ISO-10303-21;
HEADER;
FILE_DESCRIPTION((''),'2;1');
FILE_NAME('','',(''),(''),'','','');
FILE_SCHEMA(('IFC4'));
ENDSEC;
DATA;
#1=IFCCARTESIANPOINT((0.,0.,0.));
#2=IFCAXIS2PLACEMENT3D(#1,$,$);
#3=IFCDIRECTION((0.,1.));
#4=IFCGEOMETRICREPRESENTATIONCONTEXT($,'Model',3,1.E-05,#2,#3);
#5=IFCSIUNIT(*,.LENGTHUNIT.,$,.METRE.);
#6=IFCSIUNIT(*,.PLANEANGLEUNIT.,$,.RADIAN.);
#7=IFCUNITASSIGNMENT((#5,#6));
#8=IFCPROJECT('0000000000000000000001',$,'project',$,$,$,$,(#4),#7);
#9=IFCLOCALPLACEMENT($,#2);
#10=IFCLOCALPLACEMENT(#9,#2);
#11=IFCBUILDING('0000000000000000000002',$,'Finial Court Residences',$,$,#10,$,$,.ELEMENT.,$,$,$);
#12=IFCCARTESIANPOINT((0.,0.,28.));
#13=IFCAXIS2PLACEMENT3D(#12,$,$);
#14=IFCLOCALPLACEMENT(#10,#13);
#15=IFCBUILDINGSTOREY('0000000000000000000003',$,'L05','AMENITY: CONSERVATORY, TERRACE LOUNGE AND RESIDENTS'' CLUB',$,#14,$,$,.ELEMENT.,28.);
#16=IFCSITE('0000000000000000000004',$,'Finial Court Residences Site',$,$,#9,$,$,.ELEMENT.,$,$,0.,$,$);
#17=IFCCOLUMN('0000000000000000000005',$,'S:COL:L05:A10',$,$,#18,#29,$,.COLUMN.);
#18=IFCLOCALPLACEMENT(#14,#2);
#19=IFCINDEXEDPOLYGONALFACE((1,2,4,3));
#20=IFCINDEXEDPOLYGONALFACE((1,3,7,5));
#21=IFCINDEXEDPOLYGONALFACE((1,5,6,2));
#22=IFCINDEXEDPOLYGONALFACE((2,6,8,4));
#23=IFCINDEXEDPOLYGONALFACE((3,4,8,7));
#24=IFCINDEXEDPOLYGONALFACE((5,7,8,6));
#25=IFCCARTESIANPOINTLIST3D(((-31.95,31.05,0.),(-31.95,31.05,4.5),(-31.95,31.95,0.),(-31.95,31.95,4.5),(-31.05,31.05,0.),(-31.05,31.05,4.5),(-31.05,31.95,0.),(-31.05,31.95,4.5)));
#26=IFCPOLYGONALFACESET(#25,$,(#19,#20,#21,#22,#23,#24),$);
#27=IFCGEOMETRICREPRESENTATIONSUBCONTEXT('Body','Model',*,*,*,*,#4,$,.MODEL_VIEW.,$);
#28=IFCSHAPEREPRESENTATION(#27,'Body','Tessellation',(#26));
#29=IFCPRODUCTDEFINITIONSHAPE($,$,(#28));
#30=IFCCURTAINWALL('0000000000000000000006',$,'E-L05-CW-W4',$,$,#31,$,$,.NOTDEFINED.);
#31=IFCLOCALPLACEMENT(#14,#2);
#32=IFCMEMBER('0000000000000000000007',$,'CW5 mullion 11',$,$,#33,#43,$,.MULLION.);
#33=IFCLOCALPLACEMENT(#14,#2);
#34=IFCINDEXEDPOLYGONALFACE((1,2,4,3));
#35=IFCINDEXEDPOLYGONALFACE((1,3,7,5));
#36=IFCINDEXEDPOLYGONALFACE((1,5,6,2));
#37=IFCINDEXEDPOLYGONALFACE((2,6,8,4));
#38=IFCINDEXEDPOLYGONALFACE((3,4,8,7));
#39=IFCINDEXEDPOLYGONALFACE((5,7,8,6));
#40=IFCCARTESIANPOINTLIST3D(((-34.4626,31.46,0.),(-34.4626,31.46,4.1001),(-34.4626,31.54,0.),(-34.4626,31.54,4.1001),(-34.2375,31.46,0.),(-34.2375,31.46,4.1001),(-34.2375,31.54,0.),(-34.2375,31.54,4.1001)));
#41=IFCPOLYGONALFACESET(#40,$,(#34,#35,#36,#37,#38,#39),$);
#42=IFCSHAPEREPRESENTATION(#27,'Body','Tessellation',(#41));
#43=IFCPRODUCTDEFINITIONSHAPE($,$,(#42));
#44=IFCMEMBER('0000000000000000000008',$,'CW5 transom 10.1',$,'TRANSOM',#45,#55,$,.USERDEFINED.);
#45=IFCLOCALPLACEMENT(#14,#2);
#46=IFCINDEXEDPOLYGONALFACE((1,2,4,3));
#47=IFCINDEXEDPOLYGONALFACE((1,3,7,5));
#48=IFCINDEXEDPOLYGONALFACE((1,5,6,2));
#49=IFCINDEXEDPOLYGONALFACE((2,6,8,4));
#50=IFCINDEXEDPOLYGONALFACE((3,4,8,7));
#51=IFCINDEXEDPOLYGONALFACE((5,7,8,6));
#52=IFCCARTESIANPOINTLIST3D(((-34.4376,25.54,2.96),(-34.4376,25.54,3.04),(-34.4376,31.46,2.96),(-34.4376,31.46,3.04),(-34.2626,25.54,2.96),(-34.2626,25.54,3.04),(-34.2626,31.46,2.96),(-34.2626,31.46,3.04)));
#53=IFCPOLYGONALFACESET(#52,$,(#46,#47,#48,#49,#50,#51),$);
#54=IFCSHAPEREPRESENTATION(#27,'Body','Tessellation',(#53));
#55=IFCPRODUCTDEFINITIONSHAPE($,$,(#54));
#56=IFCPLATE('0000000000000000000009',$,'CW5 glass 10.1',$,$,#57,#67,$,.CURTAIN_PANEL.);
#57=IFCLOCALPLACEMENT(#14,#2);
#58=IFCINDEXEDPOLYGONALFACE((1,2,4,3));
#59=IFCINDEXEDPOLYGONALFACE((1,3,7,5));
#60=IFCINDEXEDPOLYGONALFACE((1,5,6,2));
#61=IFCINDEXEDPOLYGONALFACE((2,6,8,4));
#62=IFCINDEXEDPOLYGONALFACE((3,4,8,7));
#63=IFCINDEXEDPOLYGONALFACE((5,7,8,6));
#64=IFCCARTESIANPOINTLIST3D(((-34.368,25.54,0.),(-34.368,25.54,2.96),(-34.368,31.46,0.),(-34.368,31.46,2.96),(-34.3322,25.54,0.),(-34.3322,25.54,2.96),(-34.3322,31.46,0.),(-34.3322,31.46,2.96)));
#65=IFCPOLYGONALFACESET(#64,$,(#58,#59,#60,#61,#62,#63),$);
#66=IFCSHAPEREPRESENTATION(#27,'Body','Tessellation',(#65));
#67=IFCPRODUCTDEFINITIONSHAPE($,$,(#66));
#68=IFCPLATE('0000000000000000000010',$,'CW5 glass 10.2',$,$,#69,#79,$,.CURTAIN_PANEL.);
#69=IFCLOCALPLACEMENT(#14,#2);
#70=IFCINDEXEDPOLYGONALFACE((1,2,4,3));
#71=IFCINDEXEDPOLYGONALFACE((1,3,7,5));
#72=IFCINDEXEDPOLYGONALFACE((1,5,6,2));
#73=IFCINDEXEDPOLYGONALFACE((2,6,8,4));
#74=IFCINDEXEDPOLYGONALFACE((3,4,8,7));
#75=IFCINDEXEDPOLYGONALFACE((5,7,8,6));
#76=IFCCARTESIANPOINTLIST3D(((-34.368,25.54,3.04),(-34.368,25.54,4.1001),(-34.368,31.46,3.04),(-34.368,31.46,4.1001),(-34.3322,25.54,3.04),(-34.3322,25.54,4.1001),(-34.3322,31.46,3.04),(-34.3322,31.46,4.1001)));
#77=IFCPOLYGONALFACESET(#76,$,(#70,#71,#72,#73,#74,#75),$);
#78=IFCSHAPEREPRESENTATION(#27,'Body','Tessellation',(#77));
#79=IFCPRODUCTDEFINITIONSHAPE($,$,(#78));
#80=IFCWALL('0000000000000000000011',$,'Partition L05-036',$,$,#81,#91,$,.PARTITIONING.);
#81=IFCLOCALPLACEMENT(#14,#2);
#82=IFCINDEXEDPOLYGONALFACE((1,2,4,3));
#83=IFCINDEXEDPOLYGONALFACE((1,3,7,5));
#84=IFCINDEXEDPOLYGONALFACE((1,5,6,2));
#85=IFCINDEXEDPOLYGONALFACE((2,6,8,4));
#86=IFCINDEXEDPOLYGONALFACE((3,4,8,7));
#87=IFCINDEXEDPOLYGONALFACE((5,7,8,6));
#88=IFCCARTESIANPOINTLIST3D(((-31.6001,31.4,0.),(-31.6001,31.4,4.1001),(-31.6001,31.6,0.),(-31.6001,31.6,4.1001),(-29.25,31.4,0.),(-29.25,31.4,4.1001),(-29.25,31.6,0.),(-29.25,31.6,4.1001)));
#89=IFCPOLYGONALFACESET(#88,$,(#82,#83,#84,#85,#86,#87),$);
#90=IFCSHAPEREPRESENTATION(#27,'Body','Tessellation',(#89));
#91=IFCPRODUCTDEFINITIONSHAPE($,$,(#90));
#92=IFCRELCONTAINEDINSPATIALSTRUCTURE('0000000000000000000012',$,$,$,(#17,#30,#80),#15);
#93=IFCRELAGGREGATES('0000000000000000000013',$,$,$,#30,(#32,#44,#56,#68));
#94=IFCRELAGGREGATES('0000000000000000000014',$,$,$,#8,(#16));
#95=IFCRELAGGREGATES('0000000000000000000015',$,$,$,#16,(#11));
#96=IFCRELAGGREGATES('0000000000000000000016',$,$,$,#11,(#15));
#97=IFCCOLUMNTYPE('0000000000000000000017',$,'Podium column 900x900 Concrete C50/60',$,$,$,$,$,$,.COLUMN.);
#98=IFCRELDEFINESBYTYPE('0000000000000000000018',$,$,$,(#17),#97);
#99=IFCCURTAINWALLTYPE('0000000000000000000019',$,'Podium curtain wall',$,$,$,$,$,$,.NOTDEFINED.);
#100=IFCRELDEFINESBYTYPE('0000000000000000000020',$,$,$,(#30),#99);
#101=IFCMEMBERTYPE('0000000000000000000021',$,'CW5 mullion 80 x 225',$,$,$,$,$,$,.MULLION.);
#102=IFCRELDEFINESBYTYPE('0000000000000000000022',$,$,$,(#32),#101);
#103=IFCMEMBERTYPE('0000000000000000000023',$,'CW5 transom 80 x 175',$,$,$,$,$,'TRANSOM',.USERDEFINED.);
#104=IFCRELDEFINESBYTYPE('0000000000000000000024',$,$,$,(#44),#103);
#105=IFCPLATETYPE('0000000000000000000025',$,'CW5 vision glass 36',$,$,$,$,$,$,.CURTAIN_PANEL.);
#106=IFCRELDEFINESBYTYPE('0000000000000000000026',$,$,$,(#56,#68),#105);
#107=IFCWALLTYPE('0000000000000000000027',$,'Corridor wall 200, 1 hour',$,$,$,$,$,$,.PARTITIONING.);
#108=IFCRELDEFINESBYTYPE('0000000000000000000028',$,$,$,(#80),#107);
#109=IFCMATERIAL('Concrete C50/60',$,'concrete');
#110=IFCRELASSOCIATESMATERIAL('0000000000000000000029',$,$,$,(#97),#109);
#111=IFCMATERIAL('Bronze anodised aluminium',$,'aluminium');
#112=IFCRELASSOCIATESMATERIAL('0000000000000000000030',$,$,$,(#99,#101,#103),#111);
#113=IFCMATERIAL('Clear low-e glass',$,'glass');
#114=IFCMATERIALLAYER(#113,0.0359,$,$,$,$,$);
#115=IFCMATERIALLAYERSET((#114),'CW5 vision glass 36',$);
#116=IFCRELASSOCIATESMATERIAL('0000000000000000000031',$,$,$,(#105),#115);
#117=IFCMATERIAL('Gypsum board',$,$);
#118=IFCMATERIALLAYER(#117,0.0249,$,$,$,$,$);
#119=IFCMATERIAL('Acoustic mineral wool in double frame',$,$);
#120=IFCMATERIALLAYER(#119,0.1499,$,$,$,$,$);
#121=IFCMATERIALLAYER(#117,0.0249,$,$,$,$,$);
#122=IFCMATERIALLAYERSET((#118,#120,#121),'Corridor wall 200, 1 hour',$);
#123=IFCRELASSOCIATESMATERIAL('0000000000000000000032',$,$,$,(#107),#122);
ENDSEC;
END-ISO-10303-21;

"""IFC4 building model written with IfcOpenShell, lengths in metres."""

from ifc_helpers import new_model, si_unit, direction, frame, frame_2d, origin, origin_2d, place, context, subcontext, project, spatial, rectangle, extrude, material, layer, layer_set, material_profile, profile_set, type_object, element, aggregate, save


model = new_model("IFC4")

# Units and contexts
model_context = context("Model", 3, precision=1e-05, world=origin(), true_north=direction((0.0, 1.0)))
body_context = subcontext(model_context, "Body", "Model", "MODEL_VIEW")
ifc_project = project(units=[si_unit("LENGTHUNIT", "METRE"), si_unit("PLANEANGLEUNIT", "RADIAN")], contexts=[model_context])

# Site, building, storey
site_placement = place(None, origin())
site = spatial("IfcSite", under=ifc_project, at=site_placement, Name="Finial Court Residences Site", CompositionType="ELEMENT", RefElevation=0.0)
building_placement = place(site_placement, origin())
building = spatial("IfcBuilding", under=site, at=building_placement, Name="Finial Court Residences", CompositionType="ELEMENT")
storey_placement = place(building_placement, frame((0.0, 0.0, 28.0)))
storey = spatial("IfcBuildingStorey", under=building, at=storey_placement, Name="L05", Description="AMENITY: CONSERVATORY, TERRACE LOUNGE AND RESIDENTS' CLUB", CompositionType="ELEMENT", Elevation=28.0)

# Column
ifc_material_1 = material(Name="Concrete C50/60", Category="concrete")
ifc_material_profile_1 = material_profile(ifc_material_1, rectangle(XDim=0.8999, YDim=0.8999, at=origin_2d()), Name="900x900")
ifc_profile_set_1 = profile_set([ifc_material_profile_1], Name="Concrete C50/60")
column_type = type_object("IfcColumnType", Name="Podium column 900x900 Concrete C50/60", PredefinedType="COLUMN", material=ifc_profile_set_1)
column_placement = place(storey_placement, frame((-31.5, 31.5, 0.0), z_axis=(0.0, 0.0, 1.0), x_axis=(1.0, 0.0, 0.0)))
element("IfcColumn", 1, at=column_placement, inside=storey, type_object=column_type, Name="S:COL:L05:A10", PredefinedType="COLUMN", context=body_context, shape_type="SweptSolid", body=[
    extrude(rectangle(XDim=0.8999, YDim=0.8999, at=origin_2d()), origin(), (0.0, 0.0, 1.0), 4.5),
])

# Curtain wall, members, plates
ifc_material_2 = material(Name="Bronze anodised aluminium", Category="aluminium")
curtain_wall_type = type_object("IfcCurtainWallType", Name="Podium curtain wall", PredefinedType="NOTDEFINED", material=ifc_material_2)
curtain_wall_placement = place(storey_placement, origin())
curtain_wall = element("IfcCurtainWall", 2, at=curtain_wall_placement, inside=storey, type_object=curtain_wall_type, Name="E-L05-CW-W4", PredefinedType="NOTDEFINED")
ifc_material_profile_2 = material_profile(ifc_material_2, rectangle(XDim=0.2251, YDim=0.0801, at=origin_2d()), Name="CW5 mullion 80 x 225")
ifc_profile_set_2 = profile_set([ifc_material_profile_2], Name="Bronze anodised aluminium")
member_type_1 = type_object("IfcMemberType", Name="CW5 mullion 80 x 225", PredefinedType="MULLION", material=ifc_profile_set_2)
member_1_placement = place(storey_placement, frame((-34.3501, 31.5, 0.0), z_axis=(0.0, 0.0, 1.0), x_axis=(-1.0, 0.0, 0.0)))
member_1 = element("IfcMember", 3, at=member_1_placement, type_object=member_type_1, Name="CW5 mullion 11", PredefinedType="MULLION", context=body_context, shape_type="SweptSolid", body=[
    extrude(rectangle(XDim=0.2251, YDim=0.0801, at=origin_2d()), origin(), (0.0, 0.0, 1.0), 4.1001),
])
ifc_material_profile_3 = material_profile(ifc_material_2, rectangle(XDim=0.175, YDim=0.0801, at=origin_2d()), Name="CW5 transom 80 x 175")
ifc_profile_set_3 = profile_set([ifc_material_profile_3], Name="Bronze anodised aluminium")
member_type_2 = type_object("IfcMemberType", Name="CW5 transom 80 x 175", ElementType="TRANSOM", PredefinedType="USERDEFINED", material=ifc_profile_set_3)
member_2_placement = place(storey_placement, frame((-34.3501, 25.54, 3.0), z_axis=(0.0, 1.0, 0.0), x_axis=(-1.0, 0.0, 0.0)))
member_2 = element("IfcMember", 4, at=member_2_placement, type_object=member_type_2, Name="CW5 transom 10.1", ObjectType="TRANSOM", PredefinedType="USERDEFINED", context=body_context, shape_type="SweptSolid", body=[
    extrude(rectangle(XDim=0.175, YDim=0.0801, at=origin_2d()), origin(), (0.0, 0.0, 1.0), 5.9199),
])
ifc_material_3 = material(Name="Clear low-e glass", Category="glass")
ifc_layer_1 = layer(ifc_material_3, 0.0359)
ifc_layer_set_1 = layer_set([ifc_layer_1], Name="CW5 vision glass 36")
plate_type = type_object("IfcPlateType", Name="CW5 vision glass 36", PredefinedType="CURTAIN_PANEL", material=ifc_layer_set_1)
plate_1_placement = place(storey_placement, frame((-34.3501, 28.5, 0.0), z_axis=(0.0, 0.0, 1.0), x_axis=(0.0, 1.0, 0.0)))
plate_1 = element("IfcPlate", 5, at=plate_1_placement, type_object=plate_type, Name="CW5 glass 10.1", PredefinedType="CURTAIN_PANEL", context=body_context, shape_type="SweptSolid", body=[
    extrude(rectangle(XDim=5.9199, YDim=0.0359, at=origin_2d()), origin(), (0.0, 0.0, 1.0), 2.96),
])
plate_2_placement = place(storey_placement, frame((-34.3501, 28.5, 3.04), z_axis=(0.0, 0.0, 1.0), x_axis=(0.0, 1.0, 0.0)))
plate_2 = element("IfcPlate", 6, at=plate_2_placement, type_object=plate_type, Name="CW5 glass 10.2", PredefinedType="CURTAIN_PANEL", context=body_context, shape_type="SweptSolid", body=[
    extrude(rectangle(XDim=5.9199, YDim=0.0359, at=origin_2d()), origin(), (0.0, 0.0, 1.0), 1.0601),
])
aggregate(curtain_wall, [member_1, member_2, plate_1, plate_2])

# Wall
ifc_material_4 = material(Name="Gypsum board")
ifc_layer_2 = layer(ifc_material_4, 0.0249)
ifc_material_5 = material(Name="Acoustic mineral wool in double frame")
ifc_layer_3 = layer(ifc_material_5, 0.1499)
ifc_layer_4 = layer(ifc_material_4, 0.0249)
ifc_layer_set_2 = layer_set([ifc_layer_2, ifc_layer_3, ifc_layer_4], Name="Corridor wall 200, 1 hour")
wall_type_1 = type_object("IfcWallType", Name="Corridor wall 200, 1 hour", PredefinedType="PARTITIONING", material=ifc_layer_set_2)
wall_1_placement = place(storey_placement, frame((-31.6001, 31.5, 0.0), z_axis=(0.0, 0.0, 1.0), x_axis=(1.0, 0.0, 0.0)))
element("IfcWall", 7, at=wall_1_placement, inside=storey, type_object=wall_type_1, Name="Partition L05-036", PredefinedType="PARTITIONING", context=body_context, shape_type="SweptSolid", body=[
    extrude(rectangle(XDim=2.3501, YDim=0.2, at=frame_2d((1.175, 0.0))), origin(), (0.0, 0.0, 1.0), 4.1001),
])

save(model, "model.ifc")
